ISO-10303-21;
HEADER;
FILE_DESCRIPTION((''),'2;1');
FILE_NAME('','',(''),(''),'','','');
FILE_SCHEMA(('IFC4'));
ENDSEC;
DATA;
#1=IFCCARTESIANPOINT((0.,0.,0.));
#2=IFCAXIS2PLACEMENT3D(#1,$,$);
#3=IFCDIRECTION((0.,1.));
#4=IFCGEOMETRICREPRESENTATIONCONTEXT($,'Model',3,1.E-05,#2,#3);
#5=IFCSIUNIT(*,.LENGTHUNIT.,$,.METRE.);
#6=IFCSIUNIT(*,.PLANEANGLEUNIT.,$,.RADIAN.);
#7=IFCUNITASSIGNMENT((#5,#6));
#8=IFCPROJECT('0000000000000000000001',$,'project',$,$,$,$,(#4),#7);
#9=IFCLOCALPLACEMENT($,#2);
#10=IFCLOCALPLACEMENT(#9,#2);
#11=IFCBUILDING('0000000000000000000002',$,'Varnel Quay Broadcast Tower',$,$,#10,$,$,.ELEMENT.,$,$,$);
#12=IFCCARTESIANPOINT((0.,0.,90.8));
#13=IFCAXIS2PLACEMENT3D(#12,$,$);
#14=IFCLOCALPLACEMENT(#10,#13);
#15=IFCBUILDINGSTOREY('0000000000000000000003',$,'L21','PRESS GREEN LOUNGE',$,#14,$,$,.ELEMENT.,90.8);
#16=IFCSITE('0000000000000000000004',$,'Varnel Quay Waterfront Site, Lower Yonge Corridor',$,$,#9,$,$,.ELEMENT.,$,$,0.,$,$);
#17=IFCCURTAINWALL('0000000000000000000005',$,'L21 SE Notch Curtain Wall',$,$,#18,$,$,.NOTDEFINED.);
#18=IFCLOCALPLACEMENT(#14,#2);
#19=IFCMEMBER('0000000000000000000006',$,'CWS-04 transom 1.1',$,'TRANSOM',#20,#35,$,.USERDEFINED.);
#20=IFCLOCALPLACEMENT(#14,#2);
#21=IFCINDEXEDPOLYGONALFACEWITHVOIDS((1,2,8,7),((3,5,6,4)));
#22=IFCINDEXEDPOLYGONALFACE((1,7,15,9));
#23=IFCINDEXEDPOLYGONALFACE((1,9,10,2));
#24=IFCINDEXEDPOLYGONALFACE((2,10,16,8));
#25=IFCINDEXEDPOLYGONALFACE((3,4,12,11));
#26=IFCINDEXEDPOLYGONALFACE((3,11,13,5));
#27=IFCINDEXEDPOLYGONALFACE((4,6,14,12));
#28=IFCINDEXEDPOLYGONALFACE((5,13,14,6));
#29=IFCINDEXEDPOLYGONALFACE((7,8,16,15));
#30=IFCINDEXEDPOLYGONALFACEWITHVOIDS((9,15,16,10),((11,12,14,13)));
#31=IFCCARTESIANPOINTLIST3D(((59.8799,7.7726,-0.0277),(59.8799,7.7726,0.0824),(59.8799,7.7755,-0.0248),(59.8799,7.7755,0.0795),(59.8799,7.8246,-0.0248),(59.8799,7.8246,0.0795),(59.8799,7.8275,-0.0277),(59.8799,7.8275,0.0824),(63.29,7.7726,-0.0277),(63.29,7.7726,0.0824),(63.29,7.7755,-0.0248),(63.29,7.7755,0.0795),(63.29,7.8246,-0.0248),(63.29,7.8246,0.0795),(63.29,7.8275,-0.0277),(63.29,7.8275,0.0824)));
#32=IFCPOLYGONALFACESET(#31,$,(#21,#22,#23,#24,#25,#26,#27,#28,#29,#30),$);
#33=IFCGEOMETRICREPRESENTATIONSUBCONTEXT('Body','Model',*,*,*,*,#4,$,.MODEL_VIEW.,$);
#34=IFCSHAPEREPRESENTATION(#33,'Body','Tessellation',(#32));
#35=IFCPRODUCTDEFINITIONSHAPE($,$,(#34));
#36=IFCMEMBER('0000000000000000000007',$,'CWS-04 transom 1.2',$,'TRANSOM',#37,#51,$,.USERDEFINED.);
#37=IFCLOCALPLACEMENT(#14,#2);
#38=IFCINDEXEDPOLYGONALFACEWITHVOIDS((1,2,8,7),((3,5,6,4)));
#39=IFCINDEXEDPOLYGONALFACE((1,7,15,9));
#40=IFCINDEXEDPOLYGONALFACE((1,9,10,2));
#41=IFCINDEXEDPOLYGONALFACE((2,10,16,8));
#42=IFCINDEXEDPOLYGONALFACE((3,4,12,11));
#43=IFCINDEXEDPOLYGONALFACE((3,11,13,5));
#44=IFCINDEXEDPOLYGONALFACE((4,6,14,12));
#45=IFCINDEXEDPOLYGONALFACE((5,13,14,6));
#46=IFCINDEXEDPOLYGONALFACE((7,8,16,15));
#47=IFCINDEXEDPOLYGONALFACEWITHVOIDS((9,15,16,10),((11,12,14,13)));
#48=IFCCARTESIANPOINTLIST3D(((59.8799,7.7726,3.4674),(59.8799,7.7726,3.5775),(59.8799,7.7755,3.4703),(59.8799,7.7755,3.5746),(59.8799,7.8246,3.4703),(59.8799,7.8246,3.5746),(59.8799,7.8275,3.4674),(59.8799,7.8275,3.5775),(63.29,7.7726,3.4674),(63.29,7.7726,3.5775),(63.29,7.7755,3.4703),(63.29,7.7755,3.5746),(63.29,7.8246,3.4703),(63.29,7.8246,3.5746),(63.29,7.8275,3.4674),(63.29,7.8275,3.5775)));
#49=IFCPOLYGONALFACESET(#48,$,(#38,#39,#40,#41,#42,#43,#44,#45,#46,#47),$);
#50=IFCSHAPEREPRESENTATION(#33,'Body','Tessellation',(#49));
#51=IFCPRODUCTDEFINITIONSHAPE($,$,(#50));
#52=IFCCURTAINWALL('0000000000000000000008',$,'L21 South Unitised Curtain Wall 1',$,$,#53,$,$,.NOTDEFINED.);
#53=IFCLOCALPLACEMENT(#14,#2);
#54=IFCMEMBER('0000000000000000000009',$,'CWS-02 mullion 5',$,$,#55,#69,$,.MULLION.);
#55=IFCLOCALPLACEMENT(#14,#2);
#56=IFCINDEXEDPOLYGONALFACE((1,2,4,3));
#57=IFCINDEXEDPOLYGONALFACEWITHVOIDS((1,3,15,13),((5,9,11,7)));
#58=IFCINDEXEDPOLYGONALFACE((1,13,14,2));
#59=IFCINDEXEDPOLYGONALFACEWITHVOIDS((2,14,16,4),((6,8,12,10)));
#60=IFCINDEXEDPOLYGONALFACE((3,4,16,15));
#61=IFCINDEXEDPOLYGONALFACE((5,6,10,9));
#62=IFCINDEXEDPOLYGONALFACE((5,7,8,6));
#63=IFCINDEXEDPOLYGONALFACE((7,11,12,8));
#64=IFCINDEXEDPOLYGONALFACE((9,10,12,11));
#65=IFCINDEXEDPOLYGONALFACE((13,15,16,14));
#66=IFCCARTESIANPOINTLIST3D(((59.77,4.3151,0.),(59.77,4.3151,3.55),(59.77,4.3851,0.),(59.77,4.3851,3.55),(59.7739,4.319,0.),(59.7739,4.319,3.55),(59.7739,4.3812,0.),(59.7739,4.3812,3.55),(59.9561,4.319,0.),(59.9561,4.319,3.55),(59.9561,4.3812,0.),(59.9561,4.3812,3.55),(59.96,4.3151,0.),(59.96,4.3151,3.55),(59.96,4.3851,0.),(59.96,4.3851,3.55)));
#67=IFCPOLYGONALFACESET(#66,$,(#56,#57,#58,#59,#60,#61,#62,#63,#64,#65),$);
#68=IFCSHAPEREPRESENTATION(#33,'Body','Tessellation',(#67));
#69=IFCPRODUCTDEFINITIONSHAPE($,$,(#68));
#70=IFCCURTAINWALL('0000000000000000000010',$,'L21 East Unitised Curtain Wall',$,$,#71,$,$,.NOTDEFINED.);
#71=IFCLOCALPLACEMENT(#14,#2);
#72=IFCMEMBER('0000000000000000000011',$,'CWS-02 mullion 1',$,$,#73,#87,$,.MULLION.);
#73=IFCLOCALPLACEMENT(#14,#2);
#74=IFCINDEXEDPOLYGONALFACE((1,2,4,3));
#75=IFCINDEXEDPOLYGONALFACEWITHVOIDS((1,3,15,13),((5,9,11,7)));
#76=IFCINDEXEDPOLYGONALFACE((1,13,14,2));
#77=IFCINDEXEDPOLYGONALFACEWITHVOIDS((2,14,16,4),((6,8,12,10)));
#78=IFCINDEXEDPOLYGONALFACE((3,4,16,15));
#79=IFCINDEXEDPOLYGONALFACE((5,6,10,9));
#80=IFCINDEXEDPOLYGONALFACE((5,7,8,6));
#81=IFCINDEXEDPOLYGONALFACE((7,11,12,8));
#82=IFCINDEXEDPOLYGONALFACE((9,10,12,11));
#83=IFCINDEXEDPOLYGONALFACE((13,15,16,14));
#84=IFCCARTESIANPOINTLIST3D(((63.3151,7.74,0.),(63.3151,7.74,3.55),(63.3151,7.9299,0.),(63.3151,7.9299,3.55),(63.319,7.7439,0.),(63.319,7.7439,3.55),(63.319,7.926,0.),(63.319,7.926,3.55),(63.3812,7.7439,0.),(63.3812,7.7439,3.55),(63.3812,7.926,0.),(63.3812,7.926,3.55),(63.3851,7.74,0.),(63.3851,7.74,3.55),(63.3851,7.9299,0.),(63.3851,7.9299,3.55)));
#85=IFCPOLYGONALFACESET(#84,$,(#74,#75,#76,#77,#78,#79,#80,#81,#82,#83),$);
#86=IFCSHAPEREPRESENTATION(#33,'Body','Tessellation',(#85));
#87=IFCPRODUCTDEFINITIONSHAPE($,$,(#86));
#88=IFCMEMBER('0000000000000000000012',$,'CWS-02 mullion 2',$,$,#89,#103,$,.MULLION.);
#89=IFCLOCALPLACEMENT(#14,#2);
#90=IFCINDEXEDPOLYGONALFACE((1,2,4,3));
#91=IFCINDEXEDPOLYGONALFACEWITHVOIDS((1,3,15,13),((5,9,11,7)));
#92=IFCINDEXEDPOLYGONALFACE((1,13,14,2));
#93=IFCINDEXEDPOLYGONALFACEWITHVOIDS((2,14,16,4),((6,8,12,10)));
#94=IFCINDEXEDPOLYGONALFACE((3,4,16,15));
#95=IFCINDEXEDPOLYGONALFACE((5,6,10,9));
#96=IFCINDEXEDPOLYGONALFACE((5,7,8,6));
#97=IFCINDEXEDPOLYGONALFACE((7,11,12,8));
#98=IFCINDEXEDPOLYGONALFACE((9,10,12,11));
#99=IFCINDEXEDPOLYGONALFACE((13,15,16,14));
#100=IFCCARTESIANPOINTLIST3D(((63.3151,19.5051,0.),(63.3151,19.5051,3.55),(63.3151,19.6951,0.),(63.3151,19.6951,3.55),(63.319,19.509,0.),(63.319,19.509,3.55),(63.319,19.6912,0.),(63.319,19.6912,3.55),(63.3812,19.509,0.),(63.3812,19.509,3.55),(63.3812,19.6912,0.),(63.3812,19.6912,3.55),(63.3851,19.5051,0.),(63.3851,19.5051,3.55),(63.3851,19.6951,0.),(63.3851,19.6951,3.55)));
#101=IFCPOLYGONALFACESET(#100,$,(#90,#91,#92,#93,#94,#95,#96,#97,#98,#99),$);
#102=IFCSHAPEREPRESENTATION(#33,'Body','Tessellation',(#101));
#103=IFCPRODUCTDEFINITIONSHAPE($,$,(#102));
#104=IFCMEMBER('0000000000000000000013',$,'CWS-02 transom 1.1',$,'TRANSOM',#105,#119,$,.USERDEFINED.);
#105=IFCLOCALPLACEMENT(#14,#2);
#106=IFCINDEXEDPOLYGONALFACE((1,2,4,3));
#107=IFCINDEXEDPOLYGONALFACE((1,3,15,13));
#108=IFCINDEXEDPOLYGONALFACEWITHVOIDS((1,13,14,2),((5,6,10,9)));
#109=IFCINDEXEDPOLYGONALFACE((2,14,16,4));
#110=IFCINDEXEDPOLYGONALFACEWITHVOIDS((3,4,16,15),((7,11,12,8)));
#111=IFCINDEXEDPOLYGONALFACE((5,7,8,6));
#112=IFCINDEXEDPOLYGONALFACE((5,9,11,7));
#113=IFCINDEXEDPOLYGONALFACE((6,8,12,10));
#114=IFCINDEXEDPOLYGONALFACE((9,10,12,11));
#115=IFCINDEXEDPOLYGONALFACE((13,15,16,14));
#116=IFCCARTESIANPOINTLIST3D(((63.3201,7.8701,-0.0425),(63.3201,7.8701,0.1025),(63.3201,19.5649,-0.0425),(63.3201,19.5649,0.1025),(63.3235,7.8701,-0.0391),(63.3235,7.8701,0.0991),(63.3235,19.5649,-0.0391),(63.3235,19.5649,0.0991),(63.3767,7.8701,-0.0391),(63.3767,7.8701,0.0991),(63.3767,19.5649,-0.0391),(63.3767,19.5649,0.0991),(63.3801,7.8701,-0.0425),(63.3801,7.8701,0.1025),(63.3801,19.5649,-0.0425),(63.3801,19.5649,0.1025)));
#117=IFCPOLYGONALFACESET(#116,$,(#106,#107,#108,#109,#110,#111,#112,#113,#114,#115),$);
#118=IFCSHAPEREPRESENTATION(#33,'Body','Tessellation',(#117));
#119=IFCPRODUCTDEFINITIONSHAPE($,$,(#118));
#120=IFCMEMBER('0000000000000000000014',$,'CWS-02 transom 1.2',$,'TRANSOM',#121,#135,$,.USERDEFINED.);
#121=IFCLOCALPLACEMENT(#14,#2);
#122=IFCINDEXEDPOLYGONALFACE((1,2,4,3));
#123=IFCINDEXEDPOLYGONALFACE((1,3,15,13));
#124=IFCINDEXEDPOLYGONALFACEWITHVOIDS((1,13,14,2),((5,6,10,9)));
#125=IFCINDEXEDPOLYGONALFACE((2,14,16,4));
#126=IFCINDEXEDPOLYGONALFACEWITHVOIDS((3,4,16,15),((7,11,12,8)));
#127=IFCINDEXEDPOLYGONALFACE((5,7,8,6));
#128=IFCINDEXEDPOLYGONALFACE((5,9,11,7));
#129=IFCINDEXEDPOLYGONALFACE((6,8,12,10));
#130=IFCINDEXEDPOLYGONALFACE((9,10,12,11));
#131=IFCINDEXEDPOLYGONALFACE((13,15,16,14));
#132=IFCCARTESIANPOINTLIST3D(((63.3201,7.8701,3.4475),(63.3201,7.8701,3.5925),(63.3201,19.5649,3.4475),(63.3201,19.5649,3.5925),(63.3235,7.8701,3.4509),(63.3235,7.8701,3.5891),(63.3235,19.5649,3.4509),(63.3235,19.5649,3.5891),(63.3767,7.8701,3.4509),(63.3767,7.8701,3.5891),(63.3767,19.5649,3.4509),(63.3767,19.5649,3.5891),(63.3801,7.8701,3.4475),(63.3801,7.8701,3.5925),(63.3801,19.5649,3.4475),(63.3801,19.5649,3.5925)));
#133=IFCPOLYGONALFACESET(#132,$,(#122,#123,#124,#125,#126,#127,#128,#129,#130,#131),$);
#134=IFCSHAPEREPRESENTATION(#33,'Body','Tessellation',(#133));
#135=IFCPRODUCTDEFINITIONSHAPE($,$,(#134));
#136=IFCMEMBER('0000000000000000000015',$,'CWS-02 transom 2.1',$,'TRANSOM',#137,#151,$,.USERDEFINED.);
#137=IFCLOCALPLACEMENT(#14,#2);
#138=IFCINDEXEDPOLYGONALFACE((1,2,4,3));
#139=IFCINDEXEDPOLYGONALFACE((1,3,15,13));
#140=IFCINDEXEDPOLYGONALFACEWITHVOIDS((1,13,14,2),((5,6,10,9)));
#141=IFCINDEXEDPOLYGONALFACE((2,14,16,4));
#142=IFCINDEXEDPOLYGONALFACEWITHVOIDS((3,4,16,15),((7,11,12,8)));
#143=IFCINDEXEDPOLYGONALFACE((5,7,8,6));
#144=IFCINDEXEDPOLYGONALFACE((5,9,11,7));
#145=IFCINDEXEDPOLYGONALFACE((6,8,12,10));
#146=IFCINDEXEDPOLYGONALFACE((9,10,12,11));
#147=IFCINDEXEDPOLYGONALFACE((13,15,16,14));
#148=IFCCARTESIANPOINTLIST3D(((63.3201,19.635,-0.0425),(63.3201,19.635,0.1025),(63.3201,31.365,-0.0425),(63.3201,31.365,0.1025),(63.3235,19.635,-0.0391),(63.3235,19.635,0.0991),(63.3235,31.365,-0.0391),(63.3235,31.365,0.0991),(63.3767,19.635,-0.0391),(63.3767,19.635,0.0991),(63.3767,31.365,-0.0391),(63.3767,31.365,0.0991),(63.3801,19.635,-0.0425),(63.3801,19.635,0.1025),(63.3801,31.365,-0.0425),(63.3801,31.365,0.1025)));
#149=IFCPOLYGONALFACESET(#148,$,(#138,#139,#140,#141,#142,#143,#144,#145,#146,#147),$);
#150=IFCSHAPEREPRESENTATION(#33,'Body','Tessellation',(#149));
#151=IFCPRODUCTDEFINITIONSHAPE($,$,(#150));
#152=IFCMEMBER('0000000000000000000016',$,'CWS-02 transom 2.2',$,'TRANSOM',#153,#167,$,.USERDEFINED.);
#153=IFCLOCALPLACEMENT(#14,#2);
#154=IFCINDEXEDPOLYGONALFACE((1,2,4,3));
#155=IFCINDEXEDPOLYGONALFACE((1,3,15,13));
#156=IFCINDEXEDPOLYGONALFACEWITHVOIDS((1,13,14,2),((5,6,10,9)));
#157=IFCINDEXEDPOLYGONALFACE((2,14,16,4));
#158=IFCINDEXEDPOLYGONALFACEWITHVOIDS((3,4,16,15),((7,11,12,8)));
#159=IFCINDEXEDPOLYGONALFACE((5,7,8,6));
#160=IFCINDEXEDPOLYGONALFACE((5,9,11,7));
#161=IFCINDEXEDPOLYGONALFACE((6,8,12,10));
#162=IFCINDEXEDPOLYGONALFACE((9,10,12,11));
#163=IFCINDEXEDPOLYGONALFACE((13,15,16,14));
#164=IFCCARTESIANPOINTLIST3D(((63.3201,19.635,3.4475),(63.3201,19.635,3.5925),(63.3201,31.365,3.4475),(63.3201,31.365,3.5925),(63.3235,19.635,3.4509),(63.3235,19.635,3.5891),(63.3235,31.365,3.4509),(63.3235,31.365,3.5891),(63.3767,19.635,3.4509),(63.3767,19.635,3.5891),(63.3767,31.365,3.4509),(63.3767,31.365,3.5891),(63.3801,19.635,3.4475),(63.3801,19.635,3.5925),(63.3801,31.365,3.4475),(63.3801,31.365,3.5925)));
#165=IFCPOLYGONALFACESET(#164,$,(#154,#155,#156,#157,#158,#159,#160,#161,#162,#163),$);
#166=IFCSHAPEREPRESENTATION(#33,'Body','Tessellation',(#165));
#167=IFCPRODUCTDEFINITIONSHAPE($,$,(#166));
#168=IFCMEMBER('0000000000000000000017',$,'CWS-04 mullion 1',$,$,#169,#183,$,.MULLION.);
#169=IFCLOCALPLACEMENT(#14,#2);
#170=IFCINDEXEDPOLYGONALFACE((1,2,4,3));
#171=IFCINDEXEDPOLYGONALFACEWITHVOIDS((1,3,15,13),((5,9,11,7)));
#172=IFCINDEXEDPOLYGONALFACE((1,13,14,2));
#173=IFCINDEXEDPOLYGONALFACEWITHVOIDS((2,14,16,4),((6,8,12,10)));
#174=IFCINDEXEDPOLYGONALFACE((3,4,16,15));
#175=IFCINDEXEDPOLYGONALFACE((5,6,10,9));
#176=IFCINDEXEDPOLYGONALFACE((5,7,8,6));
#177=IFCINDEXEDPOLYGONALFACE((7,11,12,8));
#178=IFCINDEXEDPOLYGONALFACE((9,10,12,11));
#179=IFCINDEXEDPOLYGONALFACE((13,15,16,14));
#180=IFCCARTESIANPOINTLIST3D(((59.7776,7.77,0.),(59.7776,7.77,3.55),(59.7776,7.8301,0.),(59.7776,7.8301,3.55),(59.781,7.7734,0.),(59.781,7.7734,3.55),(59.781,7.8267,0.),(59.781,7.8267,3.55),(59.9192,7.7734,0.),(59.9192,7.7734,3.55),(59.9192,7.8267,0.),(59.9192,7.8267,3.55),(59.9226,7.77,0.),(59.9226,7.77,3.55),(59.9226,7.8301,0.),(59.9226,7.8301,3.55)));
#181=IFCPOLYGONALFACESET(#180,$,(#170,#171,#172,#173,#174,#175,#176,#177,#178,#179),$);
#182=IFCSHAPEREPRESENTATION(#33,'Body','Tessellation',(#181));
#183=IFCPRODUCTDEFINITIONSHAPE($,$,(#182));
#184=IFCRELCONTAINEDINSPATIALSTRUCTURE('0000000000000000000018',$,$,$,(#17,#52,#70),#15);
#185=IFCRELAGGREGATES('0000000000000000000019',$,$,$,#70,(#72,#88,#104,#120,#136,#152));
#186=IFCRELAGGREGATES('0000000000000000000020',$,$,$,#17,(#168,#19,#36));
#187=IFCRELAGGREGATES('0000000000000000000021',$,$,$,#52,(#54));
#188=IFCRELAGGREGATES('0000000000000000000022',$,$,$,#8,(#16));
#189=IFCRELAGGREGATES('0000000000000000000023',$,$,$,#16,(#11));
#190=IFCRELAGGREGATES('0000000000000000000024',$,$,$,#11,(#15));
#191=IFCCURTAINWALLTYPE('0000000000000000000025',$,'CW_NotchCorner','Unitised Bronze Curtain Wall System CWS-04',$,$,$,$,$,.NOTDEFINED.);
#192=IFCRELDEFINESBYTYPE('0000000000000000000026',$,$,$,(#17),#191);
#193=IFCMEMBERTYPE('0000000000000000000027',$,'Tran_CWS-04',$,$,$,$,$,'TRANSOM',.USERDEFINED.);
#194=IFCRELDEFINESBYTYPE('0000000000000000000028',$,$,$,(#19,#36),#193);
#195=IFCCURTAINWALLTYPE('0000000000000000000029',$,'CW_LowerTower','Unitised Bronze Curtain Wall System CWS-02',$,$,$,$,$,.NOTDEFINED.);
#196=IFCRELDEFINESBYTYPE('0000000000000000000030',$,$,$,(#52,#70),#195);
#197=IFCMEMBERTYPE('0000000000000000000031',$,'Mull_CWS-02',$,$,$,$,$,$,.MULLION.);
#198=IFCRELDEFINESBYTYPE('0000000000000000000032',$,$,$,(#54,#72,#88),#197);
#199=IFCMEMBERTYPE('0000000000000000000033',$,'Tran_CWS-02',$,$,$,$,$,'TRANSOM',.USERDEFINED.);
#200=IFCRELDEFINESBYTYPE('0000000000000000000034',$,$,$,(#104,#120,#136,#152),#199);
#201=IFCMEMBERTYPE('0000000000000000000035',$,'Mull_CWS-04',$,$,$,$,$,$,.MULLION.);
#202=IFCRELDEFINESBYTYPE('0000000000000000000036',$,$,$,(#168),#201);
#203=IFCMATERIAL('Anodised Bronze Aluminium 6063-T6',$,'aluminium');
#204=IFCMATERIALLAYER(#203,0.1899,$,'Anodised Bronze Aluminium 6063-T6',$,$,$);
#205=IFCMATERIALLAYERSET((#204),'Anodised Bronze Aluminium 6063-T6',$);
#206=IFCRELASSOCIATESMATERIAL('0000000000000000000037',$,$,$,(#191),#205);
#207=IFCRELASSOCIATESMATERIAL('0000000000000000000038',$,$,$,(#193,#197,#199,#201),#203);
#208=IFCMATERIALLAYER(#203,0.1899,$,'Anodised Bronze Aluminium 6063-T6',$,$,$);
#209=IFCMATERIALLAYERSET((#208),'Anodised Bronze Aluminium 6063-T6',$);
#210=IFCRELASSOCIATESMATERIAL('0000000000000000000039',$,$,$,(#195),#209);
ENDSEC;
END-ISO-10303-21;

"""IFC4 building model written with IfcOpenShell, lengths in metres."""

from ifc_helpers import new_model, si_unit, direction, frame, origin, origin_2d, place, context, subcontext, project, spatial, hollow_rectangle, extrude, source, transform, mapped, material, layer, layer_set, material_profile, profile_set, type_object, type_shapes, element, aggregate, save


model = new_model("IFC4")

# Units and contexts
model_context = context("Model", 3, precision=1e-05, world=origin(), true_north=direction((0.0, 1.0)))
body_context = subcontext(model_context, "Body", "Model", "MODEL_VIEW")
ifc_project = project(units=[si_unit("LENGTHUNIT", "METRE"), si_unit("PLANEANGLEUNIT", "RADIAN")], contexts=[model_context])

# Site, building, storey
site_placement = place(None, origin())
site = spatial("IfcSite", under=ifc_project, at=site_placement, Name="Varnel Quay Waterfront Site, Lower Yonge Corridor", CompositionType="ELEMENT", RefElevation=0.0)
building_placement = place(site_placement, origin())
building = spatial("IfcBuilding", under=site, at=building_placement, Name="Varnel Quay Broadcast Tower", CompositionType="ELEMENT")
storey_placement = place(building_placement, frame((0.0, 0.0, 90.8)))
storey = spatial("IfcBuildingStorey", under=building, at=storey_placement, Name="L21", Description="PRESS GREEN LOUNGE", CompositionType="ELEMENT", Elevation=90.8)

# Curtain wall, members
ifc_material_1 = material(Name="Anodised Bronze Aluminium 6063-T6", Category="aluminium")
ifc_layer_1 = layer(ifc_material_1, 0.1899, Name="Anodised Bronze Aluminium 6063-T6")
ifc_layer_set_1 = layer_set([ifc_layer_1], Name="Anodised Bronze Aluminium 6063-T6")
curtain_wall_type_1 = type_object("IfcCurtainWallType", Name="CW_NotchCorner", Description="Unitised Bronze Curtain Wall System CWS-04", PredefinedType="NOTDEFINED", material=ifc_layer_set_1)
curtain_wall_1_placement = place(storey_placement, origin())
curtain_wall_1 = element("IfcCurtainWall", 1, at=curtain_wall_1_placement, inside=storey, type_object=curtain_wall_type_1, Name="L21 SE Notch Curtain Wall", PredefinedType="NOTDEFINED")
ifc_material_profile_1 = material_profile(ifc_material_1, hollow_rectangle(XDim=0.0549, YDim=0.1101, WallThickness=0.0029, at=origin_2d()), Name="ALU55X110X3")
ifc_profile_set_1 = profile_set([ifc_material_profile_1], Name="Anodised Bronze Aluminium 6063-T6")
member_type_1 = type_object("IfcMemberType", Name="Tran_CWS-04", ElementType="TRANSOM", PredefinedType="USERDEFINED", material=ifc_profile_set_1)
shared_shape_1 = source(origin(), body_context, "Body", "SweptSolid", [
    extrude(hollow_rectangle(XDim=0.0549, YDim=0.1101, WallThickness=0.0029, at=origin_2d()), origin(), (0.0, 0.0, 1.0), 3.4102),
])
type_shapes(member_type_1, [shared_shape_1])
member_1_placement = place(storey_placement, frame((59.8799, 7.8, 0.0273), z_axis=(1.0, 0.0, 0.0), x_axis=(0.0, 1.0, 0.0)))
member_1 = element("IfcMember", 2, at=member_1_placement, type_object=member_type_1, Name="CWS-04 transom 1.1", ObjectType="TRANSOM", PredefinedType="USERDEFINED", context=body_context, shape_type="MappedRepresentation", body=[
    mapped(shared_shape_1, transform((0.0, 0.0, 0.0), x_axis=(1.0, 0.0, 0.0), y_axis=(0.0, 1.0, 0.0), z_axis=(0.0, 0.0, 1.0), scale=1.0)),
])
member_2_placement = place(storey_placement, frame((59.8799, 7.8, 3.5225), z_axis=(1.0, 0.0, 0.0), x_axis=(0.0, 1.0, 0.0)))
member_2 = element("IfcMember", 3, at=member_2_placement, type_object=member_type_1, Name="CWS-04 transom 1.2", ObjectType="TRANSOM", PredefinedType="USERDEFINED", context=body_context, shape_type="MappedRepresentation", body=[
    mapped(shared_shape_1, transform((0.0, 0.0, 0.0), x_axis=(1.0, 0.0, 0.0), y_axis=(0.0, 1.0, 0.0), z_axis=(0.0, 0.0, 1.0), scale=1.0)),
])

# Curtain wall, member
ifc_layer_2 = layer(ifc_material_1, 0.1899, Name="Anodised Bronze Aluminium 6063-T6")
ifc_layer_set_2 = layer_set([ifc_layer_2], Name="Anodised Bronze Aluminium 6063-T6")
curtain_wall_type_2 = type_object("IfcCurtainWallType", Name="CW_LowerTower", Description="Unitised Bronze Curtain Wall System CWS-02", PredefinedType="NOTDEFINED", material=ifc_layer_set_2)
curtain_wall_2_placement = place(storey_placement, origin())
curtain_wall_2 = element("IfcCurtainWall", 4, at=curtain_wall_2_placement, inside=storey, type_object=curtain_wall_type_2, Name="L21 South Unitised Curtain Wall 1", PredefinedType="NOTDEFINED")
ifc_material_profile_2 = material_profile(ifc_material_1, hollow_rectangle(XDim=0.0701, YDim=0.1899, WallThickness=0.0039, at=origin_2d()), Name="ALU70X190X4")
ifc_profile_set_2 = profile_set([ifc_material_profile_2], Name="Anodised Bronze Aluminium 6063-T6")
member_type_2 = type_object("IfcMemberType", Name="Mull_CWS-02", PredefinedType="MULLION", material=ifc_profile_set_2)
shared_shape_2 = source(origin(), body_context, "Body", "SweptSolid", [
    extrude(hollow_rectangle(XDim=0.0701, YDim=0.1899, WallThickness=0.0039, at=origin_2d()), origin(), (0.0, 0.0, 1.0), 3.55),
])
type_shapes(member_type_2, [shared_shape_2])
member_3_placement = place(storey_placement, frame((59.865, 4.3501, 0.0), z_axis=(0.0, 0.0, 1.0), x_axis=(0.0, 1.0, 0.0)))
member_3 = element("IfcMember", 5, at=member_3_placement, type_object=member_type_2, Name="CWS-02 mullion 5", PredefinedType="MULLION", context=body_context, shape_type="MappedRepresentation", body=[
    mapped(shared_shape_2, transform((0.0, 0.0, 0.0), x_axis=(1.0, 0.0, 0.0), y_axis=(0.0, 1.0, 0.0), z_axis=(0.0, 0.0, 1.0), scale=1.0)),
])

# Curtain wall, members
curtain_wall_3_placement = place(storey_placement, origin())
curtain_wall_3 = element("IfcCurtainWall", 6, at=curtain_wall_3_placement, inside=storey, type_object=curtain_wall_type_2, Name="L21 East Unitised Curtain Wall", PredefinedType="NOTDEFINED")
member_4_placement = place(storey_placement, frame((63.3501, 7.835, 0.0), z_axis=(0.0, 0.0, 1.0), x_axis=(-1.0, 0.0, 0.0)))
member_4 = element("IfcMember", 7, at=member_4_placement, type_object=member_type_2, Name="CWS-02 mullion 1", PredefinedType="MULLION", context=body_context, shape_type="MappedRepresentation", body=[
    mapped(shared_shape_2, transform((0.0, 0.0, 0.0), x_axis=(1.0, 0.0, 0.0), y_axis=(0.0, 1.0, 0.0), z_axis=(0.0, 0.0, 1.0), scale=1.0)),
])
member_5_placement = place(storey_placement, frame((63.3501, 19.6001, 0.0), z_axis=(0.0, 0.0, 1.0), x_axis=(-1.0, 0.0, 0.0)))
member_5 = element("IfcMember", 8, at=member_5_placement, type_object=member_type_2, Name="CWS-02 mullion 2", PredefinedType="MULLION", context=body_context, shape_type="MappedRepresentation", body=[
    mapped(shared_shape_2, transform((0.0, 0.0, 0.0), x_axis=(1.0, 0.0, 0.0), y_axis=(0.0, 1.0, 0.0), z_axis=(0.0, 0.0, 1.0), scale=1.0)),
])
ifc_material_profile_3 = material_profile(ifc_material_1, hollow_rectangle(XDim=0.0601, YDim=0.145, WallThickness=0.0034, at=origin_2d()), Name="ALU60X145X3.5")
ifc_profile_set_3 = profile_set([ifc_material_profile_3], Name="Anodised Bronze Aluminium 6063-T6")
member_type_3 = type_object("IfcMemberType", Name="Tran_CWS-02", ElementType="TRANSOM", PredefinedType="USERDEFINED", material=ifc_profile_set_3)
shared_shape_3 = source(origin(), body_context, "Body", "SweptSolid", [
    extrude(hollow_rectangle(XDim=0.0601, YDim=0.145, WallThickness=0.0034, at=origin_2d()), origin(), (0.0, 0.0, 1.0), 11.6948),
])
member_6_placement = place(storey_placement, frame((63.3501, 7.8701, 0.03), z_axis=(0.0, 1.0, 0.0), x_axis=(-1.0, 0.0, 0.0)))
member_6 = element("IfcMember", 9, at=member_6_placement, type_object=member_type_3, Name="CWS-02 transom 1.1", ObjectType="TRANSOM", PredefinedType="USERDEFINED", context=body_context, shape_type="MappedRepresentation", body=[
    mapped(shared_shape_3, transform((0.0, 0.0, 0.0), x_axis=(1.0, 0.0, 0.0), y_axis=(0.0, 1.0, 0.0), z_axis=(0.0, 0.0, 1.0), scale=1.0)),
])
member_7_placement = place(storey_placement, frame((63.3501, 7.8701, 3.52), z_axis=(0.0, 1.0, 0.0), x_axis=(-1.0, 0.0, 0.0)))
member_7 = element("IfcMember", 10, at=member_7_placement, type_object=member_type_3, Name="CWS-02 transom 1.2", ObjectType="TRANSOM", PredefinedType="USERDEFINED", context=body_context, shape_type="MappedRepresentation", body=[
    mapped(shared_shape_3, transform((0.0, 0.0, 0.0), x_axis=(1.0, 0.0, 0.0), y_axis=(0.0, 1.0, 0.0), z_axis=(0.0, 0.0, 1.0), scale=1.0)),
])
shared_shape_4 = source(origin(), body_context, "Body", "SweptSolid", [
    extrude(hollow_rectangle(XDim=0.0601, YDim=0.145, WallThickness=0.0034, at=origin_2d()), origin(), (0.0, 0.0, 1.0), 11.73),
])
type_shapes(member_type_3, [shared_shape_3, shared_shape_4])
member_8_placement = place(storey_placement, frame((63.3501, 19.635, 0.03), z_axis=(0.0, 1.0, 0.0), x_axis=(-1.0, 0.0, 0.0)))
member_8 = element("IfcMember", 11, at=member_8_placement, type_object=member_type_3, Name="CWS-02 transom 2.1", ObjectType="TRANSOM", PredefinedType="USERDEFINED", context=body_context, shape_type="MappedRepresentation", body=[
    mapped(shared_shape_4, transform((0.0, 0.0, 0.0), x_axis=(1.0, 0.0, 0.0), y_axis=(0.0, 1.0, 0.0), z_axis=(0.0, 0.0, 1.0), scale=1.0)),
])
member_9_placement = place(storey_placement, frame((63.3501, 19.635, 3.52), z_axis=(0.0, 1.0, 0.0), x_axis=(-1.0, 0.0, 0.0)))
member_9 = element("IfcMember", 12, at=member_9_placement, type_object=member_type_3, Name="CWS-02 transom 2.2", ObjectType="TRANSOM", PredefinedType="USERDEFINED", context=body_context, shape_type="MappedRepresentation", body=[
    mapped(shared_shape_4, transform((0.0, 0.0, 0.0), x_axis=(1.0, 0.0, 0.0), y_axis=(0.0, 1.0, 0.0), z_axis=(0.0, 0.0, 1.0), scale=1.0)),
])

# Member
ifc_material_profile_4 = material_profile(ifc_material_1, hollow_rectangle(XDim=0.0601, YDim=0.145, WallThickness=0.0034, at=origin_2d()), Name="ALU60X145X3.5")
ifc_profile_set_4 = profile_set([ifc_material_profile_4], Name="Anodised Bronze Aluminium 6063-T6")
member_type_4 = type_object("IfcMemberType", Name="Mull_CWS-04", PredefinedType="MULLION", material=ifc_profile_set_4)
shared_shape_5 = source(origin(), body_context, "Body", "SweptSolid", [
    extrude(hollow_rectangle(XDim=0.0601, YDim=0.145, WallThickness=0.0034, at=origin_2d()), origin(), (0.0, 0.0, 1.0), 3.55),
])
type_shapes(member_type_4, [shared_shape_5])
member_10_placement = place(storey_placement, frame((59.8501, 7.8, 0.0), z_axis=(0.0, 0.0, 1.0), x_axis=(0.0, 1.0, 0.0)))
member_10 = element("IfcMember", 13, at=member_10_placement, type_object=member_type_4, Name="CWS-04 mullion 1", PredefinedType="MULLION", context=body_context, shape_type="MappedRepresentation", body=[
    mapped(shared_shape_5, transform((0.0, 0.0, 0.0), x_axis=(1.0, 0.0, 0.0), y_axis=(0.0, 1.0, 0.0), z_axis=(0.0, 0.0, 1.0), scale=1.0)),
])

aggregate(curtain_wall_3, [member_4, member_5, member_6, member_7, member_8, member_9])
aggregate(curtain_wall_1, [member_10, member_1, member_2])
aggregate(curtain_wall_2, [member_3])

save(model, "model.ifc")
